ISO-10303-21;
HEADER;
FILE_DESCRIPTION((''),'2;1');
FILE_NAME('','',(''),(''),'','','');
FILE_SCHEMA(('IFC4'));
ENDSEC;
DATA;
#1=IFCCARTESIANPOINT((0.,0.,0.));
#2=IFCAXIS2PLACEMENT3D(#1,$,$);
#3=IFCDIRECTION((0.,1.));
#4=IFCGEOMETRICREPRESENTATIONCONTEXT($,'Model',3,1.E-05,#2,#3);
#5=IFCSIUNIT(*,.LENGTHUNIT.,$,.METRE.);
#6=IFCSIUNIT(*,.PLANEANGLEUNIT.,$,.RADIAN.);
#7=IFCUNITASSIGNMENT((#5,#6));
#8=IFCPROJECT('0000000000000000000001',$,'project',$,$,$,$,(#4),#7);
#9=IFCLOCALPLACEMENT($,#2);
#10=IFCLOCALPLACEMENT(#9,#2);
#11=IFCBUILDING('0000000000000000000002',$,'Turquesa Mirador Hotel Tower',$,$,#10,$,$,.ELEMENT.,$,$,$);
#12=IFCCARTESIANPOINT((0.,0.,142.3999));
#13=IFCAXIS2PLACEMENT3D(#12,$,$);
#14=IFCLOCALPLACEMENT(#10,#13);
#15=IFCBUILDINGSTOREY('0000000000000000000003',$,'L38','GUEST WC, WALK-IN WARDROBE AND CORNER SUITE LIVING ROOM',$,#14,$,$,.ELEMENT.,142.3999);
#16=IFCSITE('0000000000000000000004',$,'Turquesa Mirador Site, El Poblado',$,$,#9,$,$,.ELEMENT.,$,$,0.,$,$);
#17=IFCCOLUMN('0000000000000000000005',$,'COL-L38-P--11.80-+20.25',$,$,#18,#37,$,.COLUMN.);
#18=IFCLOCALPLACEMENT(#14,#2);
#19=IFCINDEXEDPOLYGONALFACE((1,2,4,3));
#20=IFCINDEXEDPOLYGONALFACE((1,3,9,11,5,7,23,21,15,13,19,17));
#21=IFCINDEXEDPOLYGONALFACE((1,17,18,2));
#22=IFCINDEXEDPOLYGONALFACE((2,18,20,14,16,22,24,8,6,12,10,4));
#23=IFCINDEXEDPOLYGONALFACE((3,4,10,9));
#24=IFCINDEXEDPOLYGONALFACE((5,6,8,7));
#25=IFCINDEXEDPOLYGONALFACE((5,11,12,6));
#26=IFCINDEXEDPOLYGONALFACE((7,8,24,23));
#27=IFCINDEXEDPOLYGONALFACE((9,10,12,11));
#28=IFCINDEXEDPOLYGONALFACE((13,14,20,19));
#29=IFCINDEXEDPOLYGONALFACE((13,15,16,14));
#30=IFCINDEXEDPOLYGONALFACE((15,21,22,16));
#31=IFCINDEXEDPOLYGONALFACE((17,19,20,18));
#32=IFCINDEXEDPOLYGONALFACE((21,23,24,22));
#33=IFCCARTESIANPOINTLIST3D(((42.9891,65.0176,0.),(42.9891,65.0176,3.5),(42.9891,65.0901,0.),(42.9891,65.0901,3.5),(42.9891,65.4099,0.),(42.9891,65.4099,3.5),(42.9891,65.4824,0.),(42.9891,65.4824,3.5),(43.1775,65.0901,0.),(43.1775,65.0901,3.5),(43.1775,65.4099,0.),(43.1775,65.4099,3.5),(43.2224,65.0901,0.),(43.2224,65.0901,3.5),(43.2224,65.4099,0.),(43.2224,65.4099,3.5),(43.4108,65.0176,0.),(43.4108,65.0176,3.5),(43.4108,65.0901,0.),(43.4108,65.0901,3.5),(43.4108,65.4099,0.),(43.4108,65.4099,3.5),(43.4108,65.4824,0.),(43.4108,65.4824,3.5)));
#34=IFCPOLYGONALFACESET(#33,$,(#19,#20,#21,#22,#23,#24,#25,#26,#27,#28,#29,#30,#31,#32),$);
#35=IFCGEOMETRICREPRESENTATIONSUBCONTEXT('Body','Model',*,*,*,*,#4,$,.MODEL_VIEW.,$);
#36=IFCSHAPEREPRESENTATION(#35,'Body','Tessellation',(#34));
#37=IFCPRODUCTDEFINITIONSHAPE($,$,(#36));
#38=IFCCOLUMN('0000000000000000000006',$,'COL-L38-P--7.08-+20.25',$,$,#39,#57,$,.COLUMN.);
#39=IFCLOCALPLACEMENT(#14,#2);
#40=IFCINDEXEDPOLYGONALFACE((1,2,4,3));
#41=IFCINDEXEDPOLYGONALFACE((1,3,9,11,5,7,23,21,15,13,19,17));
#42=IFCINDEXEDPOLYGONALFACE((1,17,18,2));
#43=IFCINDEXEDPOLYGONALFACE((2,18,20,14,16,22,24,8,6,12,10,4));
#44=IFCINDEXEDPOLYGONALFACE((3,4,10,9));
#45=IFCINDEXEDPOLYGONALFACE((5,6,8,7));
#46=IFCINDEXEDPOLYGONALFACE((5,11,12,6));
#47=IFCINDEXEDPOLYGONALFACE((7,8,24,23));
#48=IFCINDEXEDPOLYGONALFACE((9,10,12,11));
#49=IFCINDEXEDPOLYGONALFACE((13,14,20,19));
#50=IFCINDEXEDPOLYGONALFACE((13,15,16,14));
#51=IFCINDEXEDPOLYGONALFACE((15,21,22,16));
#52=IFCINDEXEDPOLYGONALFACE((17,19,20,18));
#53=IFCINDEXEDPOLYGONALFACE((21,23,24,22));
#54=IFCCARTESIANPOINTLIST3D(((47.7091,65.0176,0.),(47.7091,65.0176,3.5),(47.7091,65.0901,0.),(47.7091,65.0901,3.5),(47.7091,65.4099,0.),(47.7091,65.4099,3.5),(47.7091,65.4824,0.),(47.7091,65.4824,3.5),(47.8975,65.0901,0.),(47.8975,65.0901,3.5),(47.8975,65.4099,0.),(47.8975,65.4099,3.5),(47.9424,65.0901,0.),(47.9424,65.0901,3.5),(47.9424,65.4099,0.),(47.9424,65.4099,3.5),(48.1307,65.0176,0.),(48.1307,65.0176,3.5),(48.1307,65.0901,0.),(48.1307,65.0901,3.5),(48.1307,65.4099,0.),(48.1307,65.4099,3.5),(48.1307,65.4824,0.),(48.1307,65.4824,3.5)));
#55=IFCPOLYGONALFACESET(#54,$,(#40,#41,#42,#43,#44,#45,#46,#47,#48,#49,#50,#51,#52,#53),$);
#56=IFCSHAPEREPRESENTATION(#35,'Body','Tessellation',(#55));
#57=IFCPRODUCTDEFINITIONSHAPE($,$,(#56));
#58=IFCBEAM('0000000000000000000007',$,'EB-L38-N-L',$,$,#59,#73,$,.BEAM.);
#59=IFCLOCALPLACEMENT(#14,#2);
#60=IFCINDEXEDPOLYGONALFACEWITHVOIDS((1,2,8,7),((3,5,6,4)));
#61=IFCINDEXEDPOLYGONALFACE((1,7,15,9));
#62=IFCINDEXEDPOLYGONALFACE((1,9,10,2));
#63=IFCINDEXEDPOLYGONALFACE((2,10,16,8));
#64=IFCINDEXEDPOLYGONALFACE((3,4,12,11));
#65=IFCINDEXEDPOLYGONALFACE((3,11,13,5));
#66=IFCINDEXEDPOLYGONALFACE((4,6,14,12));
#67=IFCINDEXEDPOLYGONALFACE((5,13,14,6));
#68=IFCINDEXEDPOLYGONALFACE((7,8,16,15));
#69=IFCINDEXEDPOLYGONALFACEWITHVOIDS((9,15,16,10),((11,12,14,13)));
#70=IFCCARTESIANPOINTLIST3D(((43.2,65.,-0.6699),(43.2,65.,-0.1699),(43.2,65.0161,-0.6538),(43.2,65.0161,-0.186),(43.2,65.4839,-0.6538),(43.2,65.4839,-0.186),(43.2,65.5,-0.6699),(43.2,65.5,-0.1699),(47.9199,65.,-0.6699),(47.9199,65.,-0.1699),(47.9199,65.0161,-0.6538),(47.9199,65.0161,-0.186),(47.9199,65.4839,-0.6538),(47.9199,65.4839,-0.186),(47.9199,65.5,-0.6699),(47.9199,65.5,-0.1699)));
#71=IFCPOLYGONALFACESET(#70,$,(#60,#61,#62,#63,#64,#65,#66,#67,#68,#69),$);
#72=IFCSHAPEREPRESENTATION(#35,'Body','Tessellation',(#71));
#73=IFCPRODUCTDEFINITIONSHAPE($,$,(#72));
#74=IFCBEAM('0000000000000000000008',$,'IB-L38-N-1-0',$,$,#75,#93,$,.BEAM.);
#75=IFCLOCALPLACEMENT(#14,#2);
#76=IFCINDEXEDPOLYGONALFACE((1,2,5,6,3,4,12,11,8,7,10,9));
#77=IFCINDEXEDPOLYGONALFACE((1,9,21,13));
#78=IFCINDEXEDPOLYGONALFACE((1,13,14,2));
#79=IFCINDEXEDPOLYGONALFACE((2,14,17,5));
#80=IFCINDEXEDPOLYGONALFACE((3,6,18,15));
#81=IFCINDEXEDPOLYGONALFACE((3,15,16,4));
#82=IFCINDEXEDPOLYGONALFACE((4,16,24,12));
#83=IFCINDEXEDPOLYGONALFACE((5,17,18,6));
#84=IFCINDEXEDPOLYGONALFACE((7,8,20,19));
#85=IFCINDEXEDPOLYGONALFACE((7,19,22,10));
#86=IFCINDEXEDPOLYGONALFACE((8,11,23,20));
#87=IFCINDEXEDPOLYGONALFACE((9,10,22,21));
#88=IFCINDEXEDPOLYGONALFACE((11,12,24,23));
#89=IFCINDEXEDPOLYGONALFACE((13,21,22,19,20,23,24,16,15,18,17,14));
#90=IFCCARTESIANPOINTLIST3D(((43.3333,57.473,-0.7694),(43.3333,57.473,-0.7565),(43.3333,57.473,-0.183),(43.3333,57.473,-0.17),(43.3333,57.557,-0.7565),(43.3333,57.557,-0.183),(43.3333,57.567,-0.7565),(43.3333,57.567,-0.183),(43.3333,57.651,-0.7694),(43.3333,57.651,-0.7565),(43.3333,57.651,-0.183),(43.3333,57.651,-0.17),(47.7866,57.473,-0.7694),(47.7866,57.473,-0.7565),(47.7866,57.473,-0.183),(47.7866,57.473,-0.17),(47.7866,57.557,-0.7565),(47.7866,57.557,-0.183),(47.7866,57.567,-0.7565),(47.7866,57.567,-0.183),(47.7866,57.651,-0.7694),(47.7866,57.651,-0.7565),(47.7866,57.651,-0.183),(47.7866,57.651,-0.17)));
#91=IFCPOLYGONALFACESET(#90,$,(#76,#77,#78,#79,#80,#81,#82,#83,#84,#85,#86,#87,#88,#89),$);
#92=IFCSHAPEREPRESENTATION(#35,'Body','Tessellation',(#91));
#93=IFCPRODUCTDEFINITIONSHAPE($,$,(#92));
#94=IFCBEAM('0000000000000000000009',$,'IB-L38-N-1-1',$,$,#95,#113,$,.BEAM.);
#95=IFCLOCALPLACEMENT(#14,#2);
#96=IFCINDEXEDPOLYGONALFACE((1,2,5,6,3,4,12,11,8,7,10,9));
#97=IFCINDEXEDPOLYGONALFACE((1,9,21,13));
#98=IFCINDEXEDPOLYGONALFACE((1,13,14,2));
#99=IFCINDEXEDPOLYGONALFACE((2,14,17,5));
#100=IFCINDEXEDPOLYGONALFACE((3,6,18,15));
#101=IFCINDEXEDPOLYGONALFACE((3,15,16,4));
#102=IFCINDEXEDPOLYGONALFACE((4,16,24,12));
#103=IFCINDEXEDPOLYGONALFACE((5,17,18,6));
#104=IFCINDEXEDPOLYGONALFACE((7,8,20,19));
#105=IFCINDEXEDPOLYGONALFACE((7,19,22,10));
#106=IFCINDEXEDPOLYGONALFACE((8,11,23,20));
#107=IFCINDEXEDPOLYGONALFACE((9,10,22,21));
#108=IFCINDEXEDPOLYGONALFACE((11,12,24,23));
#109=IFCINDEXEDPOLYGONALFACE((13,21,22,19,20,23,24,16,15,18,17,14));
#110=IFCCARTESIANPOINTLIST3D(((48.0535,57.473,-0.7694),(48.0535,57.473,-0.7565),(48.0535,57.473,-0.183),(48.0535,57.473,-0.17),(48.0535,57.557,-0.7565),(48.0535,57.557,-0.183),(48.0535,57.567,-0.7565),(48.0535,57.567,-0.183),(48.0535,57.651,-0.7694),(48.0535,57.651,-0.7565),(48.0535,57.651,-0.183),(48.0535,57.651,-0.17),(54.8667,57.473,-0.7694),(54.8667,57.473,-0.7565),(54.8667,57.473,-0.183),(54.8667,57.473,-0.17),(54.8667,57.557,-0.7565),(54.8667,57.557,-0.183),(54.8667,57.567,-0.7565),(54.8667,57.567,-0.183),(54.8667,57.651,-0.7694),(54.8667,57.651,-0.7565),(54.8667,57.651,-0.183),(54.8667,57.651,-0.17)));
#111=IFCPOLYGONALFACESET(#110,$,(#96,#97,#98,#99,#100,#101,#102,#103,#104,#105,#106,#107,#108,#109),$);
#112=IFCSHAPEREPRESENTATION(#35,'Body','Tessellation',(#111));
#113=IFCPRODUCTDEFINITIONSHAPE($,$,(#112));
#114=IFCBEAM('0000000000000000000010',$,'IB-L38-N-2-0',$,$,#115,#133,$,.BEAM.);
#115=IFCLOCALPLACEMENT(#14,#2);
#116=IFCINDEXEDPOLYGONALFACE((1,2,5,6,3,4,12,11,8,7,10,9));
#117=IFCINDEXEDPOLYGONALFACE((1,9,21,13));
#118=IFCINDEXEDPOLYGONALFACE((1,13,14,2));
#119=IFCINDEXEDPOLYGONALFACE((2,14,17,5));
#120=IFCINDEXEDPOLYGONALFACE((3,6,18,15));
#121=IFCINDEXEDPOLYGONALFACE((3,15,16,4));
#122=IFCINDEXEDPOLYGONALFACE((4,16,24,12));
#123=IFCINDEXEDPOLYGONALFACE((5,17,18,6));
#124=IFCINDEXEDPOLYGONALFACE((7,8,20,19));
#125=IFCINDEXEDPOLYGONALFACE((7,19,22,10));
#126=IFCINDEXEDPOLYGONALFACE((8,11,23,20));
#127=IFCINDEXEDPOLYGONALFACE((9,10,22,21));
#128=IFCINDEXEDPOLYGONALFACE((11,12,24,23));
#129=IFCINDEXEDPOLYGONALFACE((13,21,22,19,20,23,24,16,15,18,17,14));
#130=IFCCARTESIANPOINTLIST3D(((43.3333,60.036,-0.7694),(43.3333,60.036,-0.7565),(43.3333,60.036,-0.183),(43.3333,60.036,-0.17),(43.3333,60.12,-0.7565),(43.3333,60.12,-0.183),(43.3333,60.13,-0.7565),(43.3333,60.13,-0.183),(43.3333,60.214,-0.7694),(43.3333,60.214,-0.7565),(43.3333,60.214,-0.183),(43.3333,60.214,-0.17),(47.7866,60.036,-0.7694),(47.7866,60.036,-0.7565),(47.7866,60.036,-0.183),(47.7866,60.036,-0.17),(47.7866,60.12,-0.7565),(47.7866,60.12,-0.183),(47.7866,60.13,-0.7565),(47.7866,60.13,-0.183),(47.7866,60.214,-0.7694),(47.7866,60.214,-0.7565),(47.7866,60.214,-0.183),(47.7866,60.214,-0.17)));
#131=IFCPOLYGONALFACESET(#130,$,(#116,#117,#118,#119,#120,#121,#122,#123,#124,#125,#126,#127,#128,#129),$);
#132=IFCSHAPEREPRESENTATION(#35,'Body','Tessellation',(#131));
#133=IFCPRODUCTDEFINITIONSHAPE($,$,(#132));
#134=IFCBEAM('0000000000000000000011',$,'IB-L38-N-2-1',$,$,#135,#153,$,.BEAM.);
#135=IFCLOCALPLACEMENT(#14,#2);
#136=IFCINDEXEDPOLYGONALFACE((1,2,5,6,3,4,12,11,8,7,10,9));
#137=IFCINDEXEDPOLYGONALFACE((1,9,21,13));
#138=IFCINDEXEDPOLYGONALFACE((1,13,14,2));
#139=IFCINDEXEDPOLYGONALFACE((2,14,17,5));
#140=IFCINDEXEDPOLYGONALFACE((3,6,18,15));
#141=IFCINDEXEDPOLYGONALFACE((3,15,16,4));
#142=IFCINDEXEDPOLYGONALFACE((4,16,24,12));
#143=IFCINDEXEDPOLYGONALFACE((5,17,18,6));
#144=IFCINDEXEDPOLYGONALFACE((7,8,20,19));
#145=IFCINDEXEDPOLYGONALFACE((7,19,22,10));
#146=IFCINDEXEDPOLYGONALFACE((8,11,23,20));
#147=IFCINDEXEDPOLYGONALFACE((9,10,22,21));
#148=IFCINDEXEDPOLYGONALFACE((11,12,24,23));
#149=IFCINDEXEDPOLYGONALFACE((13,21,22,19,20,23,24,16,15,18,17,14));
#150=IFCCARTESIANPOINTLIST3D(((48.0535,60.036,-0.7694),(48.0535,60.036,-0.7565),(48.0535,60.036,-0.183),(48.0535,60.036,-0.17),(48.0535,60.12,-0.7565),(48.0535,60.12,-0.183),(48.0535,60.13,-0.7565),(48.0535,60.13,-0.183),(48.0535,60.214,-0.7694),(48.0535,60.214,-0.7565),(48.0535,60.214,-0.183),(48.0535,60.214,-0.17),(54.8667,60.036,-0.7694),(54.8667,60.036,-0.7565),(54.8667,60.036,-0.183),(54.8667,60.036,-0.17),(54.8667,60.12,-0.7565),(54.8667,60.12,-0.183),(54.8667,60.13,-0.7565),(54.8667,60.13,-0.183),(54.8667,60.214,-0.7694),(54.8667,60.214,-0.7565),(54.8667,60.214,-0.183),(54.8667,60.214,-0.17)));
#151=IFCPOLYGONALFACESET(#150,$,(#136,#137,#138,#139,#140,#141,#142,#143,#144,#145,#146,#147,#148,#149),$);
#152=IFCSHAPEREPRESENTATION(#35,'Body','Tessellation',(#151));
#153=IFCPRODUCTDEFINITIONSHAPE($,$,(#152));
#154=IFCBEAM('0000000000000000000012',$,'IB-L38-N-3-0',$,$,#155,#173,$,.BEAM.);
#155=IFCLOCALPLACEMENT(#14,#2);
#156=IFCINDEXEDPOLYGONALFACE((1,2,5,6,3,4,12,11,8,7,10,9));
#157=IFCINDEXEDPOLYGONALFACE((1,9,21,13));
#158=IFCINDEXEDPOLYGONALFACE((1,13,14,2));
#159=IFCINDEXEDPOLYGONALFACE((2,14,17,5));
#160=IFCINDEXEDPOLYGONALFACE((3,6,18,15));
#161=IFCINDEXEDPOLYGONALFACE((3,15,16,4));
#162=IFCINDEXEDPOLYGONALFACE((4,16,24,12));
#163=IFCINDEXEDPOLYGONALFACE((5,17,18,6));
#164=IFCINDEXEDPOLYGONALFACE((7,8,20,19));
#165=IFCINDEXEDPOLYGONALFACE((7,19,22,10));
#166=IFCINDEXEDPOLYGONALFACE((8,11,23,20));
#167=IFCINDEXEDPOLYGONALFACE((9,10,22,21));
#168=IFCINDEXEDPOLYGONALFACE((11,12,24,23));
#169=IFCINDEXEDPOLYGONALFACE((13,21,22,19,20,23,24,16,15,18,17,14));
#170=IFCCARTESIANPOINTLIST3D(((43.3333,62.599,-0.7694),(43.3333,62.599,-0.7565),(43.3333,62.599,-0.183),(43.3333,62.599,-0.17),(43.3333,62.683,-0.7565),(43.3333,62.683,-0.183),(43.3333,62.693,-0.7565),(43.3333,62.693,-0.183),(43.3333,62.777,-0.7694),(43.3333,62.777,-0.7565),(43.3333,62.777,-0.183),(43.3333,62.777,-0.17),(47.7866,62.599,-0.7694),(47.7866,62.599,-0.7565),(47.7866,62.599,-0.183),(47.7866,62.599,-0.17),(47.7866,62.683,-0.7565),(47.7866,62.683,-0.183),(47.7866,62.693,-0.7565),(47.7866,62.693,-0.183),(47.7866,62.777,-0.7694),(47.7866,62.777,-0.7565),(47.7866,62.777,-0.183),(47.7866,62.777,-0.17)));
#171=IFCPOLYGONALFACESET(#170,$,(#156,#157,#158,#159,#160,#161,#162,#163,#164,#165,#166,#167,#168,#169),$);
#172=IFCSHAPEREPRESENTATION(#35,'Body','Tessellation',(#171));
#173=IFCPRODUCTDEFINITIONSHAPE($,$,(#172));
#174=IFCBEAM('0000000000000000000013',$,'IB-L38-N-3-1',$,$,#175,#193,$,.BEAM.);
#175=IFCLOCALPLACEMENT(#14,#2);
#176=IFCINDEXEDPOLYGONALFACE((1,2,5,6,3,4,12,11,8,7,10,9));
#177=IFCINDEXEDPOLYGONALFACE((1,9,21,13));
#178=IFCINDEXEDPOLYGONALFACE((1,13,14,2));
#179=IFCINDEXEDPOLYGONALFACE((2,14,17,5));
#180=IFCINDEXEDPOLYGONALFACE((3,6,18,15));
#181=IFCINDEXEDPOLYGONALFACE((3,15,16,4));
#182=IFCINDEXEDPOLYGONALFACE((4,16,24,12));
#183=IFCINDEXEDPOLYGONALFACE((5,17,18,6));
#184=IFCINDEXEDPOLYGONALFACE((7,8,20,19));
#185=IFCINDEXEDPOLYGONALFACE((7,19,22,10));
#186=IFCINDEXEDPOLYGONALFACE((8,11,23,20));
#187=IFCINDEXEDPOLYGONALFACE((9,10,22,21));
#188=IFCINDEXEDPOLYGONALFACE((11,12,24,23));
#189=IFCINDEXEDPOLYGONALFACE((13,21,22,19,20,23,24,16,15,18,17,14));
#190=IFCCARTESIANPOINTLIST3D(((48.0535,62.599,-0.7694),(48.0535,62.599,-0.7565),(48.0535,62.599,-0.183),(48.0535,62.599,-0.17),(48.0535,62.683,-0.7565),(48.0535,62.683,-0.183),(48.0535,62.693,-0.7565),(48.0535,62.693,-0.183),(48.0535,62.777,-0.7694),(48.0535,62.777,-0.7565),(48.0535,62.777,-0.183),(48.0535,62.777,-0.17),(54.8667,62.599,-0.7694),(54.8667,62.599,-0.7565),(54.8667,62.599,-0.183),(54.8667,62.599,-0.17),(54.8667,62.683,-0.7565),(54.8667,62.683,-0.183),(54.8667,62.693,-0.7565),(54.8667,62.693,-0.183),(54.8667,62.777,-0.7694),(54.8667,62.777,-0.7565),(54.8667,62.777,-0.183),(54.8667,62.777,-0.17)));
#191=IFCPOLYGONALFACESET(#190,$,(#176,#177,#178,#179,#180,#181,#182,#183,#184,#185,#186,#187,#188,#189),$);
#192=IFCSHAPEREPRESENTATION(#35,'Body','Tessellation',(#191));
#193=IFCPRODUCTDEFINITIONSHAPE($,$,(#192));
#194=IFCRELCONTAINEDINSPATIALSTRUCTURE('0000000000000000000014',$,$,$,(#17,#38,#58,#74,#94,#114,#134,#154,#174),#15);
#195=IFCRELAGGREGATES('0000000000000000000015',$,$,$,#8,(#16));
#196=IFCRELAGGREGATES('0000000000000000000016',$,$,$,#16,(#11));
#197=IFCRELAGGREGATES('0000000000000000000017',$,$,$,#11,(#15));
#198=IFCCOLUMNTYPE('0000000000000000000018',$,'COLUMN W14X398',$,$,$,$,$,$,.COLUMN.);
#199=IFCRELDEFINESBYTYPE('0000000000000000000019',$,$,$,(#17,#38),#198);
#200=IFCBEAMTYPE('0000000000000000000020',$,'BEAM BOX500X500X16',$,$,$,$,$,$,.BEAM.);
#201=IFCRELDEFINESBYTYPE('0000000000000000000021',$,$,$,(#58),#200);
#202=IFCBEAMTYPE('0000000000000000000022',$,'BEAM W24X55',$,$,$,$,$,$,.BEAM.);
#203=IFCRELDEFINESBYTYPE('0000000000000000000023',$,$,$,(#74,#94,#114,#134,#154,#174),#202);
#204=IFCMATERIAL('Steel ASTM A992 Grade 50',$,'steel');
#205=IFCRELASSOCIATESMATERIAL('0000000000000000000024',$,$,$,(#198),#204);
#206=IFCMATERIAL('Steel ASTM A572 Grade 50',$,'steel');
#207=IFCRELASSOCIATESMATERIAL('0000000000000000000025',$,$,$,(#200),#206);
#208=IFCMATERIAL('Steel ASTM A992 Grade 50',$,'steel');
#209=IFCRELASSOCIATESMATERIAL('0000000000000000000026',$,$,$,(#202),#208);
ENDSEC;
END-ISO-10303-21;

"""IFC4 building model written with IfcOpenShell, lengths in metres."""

from ifc_helpers import new_model, si_unit, direction, frame, origin, origin_2d, place, context, subcontext, project, spatial, hollow_rectangle, i_section, extrude, material, material_profile, profile_set, type_object, element, save


model = new_model("IFC4")

# Units and contexts
model_context = context("Model", 3, precision=1e-05, world=origin(), true_north=direction((0.0, 1.0)))
body_context = subcontext(model_context, "Body", "Model", "MODEL_VIEW")
ifc_project = project(units=[si_unit("LENGTHUNIT", "METRE"), si_unit("PLANEANGLEUNIT", "RADIAN")], contexts=[model_context])

# Site, building, storey
site_placement = place(None, origin())
site = spatial("IfcSite", under=ifc_project, at=site_placement, Name="Turquesa Mirador Site, El Poblado", CompositionType="ELEMENT", RefElevation=0.0)
building_placement = place(site_placement, origin())
building = spatial("IfcBuilding", under=site, at=building_placement, Name="Turquesa Mirador Hotel Tower", CompositionType="ELEMENT")
storey_placement = place(building_placement, frame((0.0, 0.0, 142.3999)))
storey = spatial("IfcBuildingStorey", under=building, at=storey_placement, Name="L38", Description="GUEST WC, WALK-IN WARDROBE AND CORNER SUITE LIVING ROOM", CompositionType="ELEMENT", Elevation=142.3999)

# Columns
ifc_material_1 = material(Name="Steel ASTM A992 Grade 50", Category="steel")
ifc_material_profile_1 = material_profile(ifc_material_1, i_section(OverallWidth=0.4216, OverallDepth=0.4648, WebThickness=0.0449, FlangeThickness=0.0725, at=origin_2d()), Name="W14X398")
ifc_profile_set_1 = profile_set([ifc_material_profile_1], Name="Steel ASTM A992 Grade 50")
column_type = type_object("IfcColumnType", Name="COLUMN W14X398", PredefinedType="COLUMN", material=ifc_profile_set_1)
for number, where, z_axis, x_axis, name in (
    (1, (43.2, 65.25, 0.0), (0.0, 0.0, 1.0), (1.0, 0.0, 0.0), "COL-L38-P--11.80-+20.25"),
    (2, (47.9199, 65.25, 0.0), (0.0, 0.0, 1.0), (1.0, 0.0, 0.0), "COL-L38-P--7.08-+20.25"),
):
    element("IfcColumn", number, at=place(storey_placement, frame(where, z_axis=z_axis, x_axis=x_axis)), inside=storey, type_object=column_type, Name=name, PredefinedType="COLUMN", context=body_context, shape_type="SweptSolid", body=[
        extrude(i_section(OverallWidth=0.4216, OverallDepth=0.4648, WebThickness=0.0449, FlangeThickness=0.0725, at=origin_2d()), origin(), (0.0, 0.0, 1.0), 3.5),
    ])

# Beams
ifc_material_2 = material(Name="Steel ASTM A572 Grade 50", Category="steel")
ifc_material_profile_2 = material_profile(ifc_material_2, hollow_rectangle(XDim=0.5, YDim=0.5, WallThickness=0.0161, at=origin_2d()), Name="BOX500X500X16")
ifc_profile_set_2 = profile_set([ifc_material_profile_2], Name="Steel ASTM A572 Grade 50")
beam_type_1 = type_object("IfcBeamType", Name="BEAM BOX500X500X16", PredefinedType="BEAM", material=ifc_profile_set_2)
beam_1_placement = place(storey_placement, frame((43.2, 65.25, -0.4199), z_axis=(1.0, 0.0, 0.0), x_axis=(0.0, 1.0, 0.0)))
element("IfcBeam", 3, at=beam_1_placement, inside=storey, type_object=beam_type_1, Name="EB-L38-N-L", PredefinedType="BEAM", context=body_context, shape_type="SweptSolid", body=[
    extrude(hollow_rectangle(XDim=0.5, YDim=0.5, WallThickness=0.0161, at=origin_2d()), origin(), (0.0, 0.0, 1.0), 4.72),
])
ifc_material_3 = material(Name="Steel ASTM A992 Grade 50", Category="steel")
ifc_material_profile_3 = material_profile(ifc_material_3, i_section(OverallWidth=0.178, OverallDepth=0.5994, WebThickness=0.01, FlangeThickness=0.0129, at=origin_2d()), Name="W24X55")
ifc_profile_set_3 = profile_set([ifc_material_profile_3], Name="Steel ASTM A992 Grade 50")
beam_type_2 = type_object("IfcBeamType", Name="BEAM W24X55", PredefinedType="BEAM", material=ifc_profile_set_3)
beam_2_placement = place(storey_placement, frame((43.3333, 57.562, -0.4697), z_axis=(1.0, 0.0, 0.0), x_axis=(0.0, 1.0, 0.0)))
element("IfcBeam", 4, at=beam_2_placement, inside=storey, type_object=beam_type_2, Name="IB-L38-N-1-0", PredefinedType="BEAM", context=body_context, shape_type="SweptSolid", body=[
    extrude(i_section(OverallWidth=0.178, OverallDepth=0.5994, WebThickness=0.01, FlangeThickness=0.0129, at=origin_2d()), origin(), (0.0, 0.0, 1.0), 4.4534),
])
beam_3_placement = place(storey_placement, frame((48.0535, 57.562, -0.4697), z_axis=(1.0, 0.0, 0.0), x_axis=(0.0, 1.0, 0.0)))
element("IfcBeam", 5, at=beam_3_placement, inside=storey, type_object=beam_type_2, Name="IB-L38-N-1-1", PredefinedType="BEAM", context=body_context, shape_type="SweptSolid", body=[
    extrude(i_section(OverallWidth=0.178, OverallDepth=0.5994, WebThickness=0.01, FlangeThickness=0.0129, at=origin_2d()), origin(), (0.0, 0.0, 1.0), 6.8132),
])
beam_4_placement = place(storey_placement, frame((43.3333, 60.125, -0.4697), z_axis=(1.0, 0.0, 0.0), x_axis=(0.0, 1.0, 0.0)))
element("IfcBeam", 6, at=beam_4_placement, inside=storey, type_object=beam_type_2, Name="IB-L38-N-2-0", PredefinedType="BEAM", context=body_context, shape_type="SweptSolid", body=[
    extrude(i_section(OverallWidth=0.178, OverallDepth=0.5994, WebThickness=0.01, FlangeThickness=0.0129, at=origin_2d()), origin(), (0.0, 0.0, 1.0), 4.4534),
])
beam_5_placement = place(storey_placement, frame((48.0535, 60.125, -0.4697), z_axis=(1.0, 0.0, 0.0), x_axis=(0.0, 1.0, 0.0)))
element("IfcBeam", 7, at=beam_5_placement, inside=storey, type_object=beam_type_2, Name="IB-L38-N-2-1", PredefinedType="BEAM", context=body_context, shape_type="SweptSolid", body=[
    extrude(i_section(OverallWidth=0.178, OverallDepth=0.5994, WebThickness=0.01, FlangeThickness=0.0129, at=origin_2d()), origin(), (0.0, 0.0, 1.0), 6.8132),
])
beam_6_placement = place(storey_placement, frame((43.3333, 62.688, -0.4697), z_axis=(1.0, 0.0, 0.0), x_axis=(0.0, 1.0, 0.0)))
element("IfcBeam", 8, at=beam_6_placement, inside=storey, type_object=beam_type_2, Name="IB-L38-N-3-0", PredefinedType="BEAM", context=body_context, shape_type="SweptSolid", body=[
    extrude(i_section(OverallWidth=0.178, OverallDepth=0.5994, WebThickness=0.01, FlangeThickness=0.0129, at=origin_2d()), origin(), (0.0, 0.0, 1.0), 4.4534),
])
beam_7_placement = place(storey_placement, frame((48.0535, 62.688, -0.4697), z_axis=(1.0, 0.0, 0.0), x_axis=(0.0, 1.0, 0.0)))
element("IfcBeam", 9, at=beam_7_placement, inside=storey, type_object=beam_type_2, Name="IB-L38-N-3-1", PredefinedType="BEAM", context=body_context, shape_type="SweptSolid", body=[
    extrude(i_section(OverallWidth=0.178, OverallDepth=0.5994, WebThickness=0.01, FlangeThickness=0.0129, at=origin_2d()), origin(), (0.0, 0.0, 1.0), 6.8132),
])

save(model, "model.ifc")
